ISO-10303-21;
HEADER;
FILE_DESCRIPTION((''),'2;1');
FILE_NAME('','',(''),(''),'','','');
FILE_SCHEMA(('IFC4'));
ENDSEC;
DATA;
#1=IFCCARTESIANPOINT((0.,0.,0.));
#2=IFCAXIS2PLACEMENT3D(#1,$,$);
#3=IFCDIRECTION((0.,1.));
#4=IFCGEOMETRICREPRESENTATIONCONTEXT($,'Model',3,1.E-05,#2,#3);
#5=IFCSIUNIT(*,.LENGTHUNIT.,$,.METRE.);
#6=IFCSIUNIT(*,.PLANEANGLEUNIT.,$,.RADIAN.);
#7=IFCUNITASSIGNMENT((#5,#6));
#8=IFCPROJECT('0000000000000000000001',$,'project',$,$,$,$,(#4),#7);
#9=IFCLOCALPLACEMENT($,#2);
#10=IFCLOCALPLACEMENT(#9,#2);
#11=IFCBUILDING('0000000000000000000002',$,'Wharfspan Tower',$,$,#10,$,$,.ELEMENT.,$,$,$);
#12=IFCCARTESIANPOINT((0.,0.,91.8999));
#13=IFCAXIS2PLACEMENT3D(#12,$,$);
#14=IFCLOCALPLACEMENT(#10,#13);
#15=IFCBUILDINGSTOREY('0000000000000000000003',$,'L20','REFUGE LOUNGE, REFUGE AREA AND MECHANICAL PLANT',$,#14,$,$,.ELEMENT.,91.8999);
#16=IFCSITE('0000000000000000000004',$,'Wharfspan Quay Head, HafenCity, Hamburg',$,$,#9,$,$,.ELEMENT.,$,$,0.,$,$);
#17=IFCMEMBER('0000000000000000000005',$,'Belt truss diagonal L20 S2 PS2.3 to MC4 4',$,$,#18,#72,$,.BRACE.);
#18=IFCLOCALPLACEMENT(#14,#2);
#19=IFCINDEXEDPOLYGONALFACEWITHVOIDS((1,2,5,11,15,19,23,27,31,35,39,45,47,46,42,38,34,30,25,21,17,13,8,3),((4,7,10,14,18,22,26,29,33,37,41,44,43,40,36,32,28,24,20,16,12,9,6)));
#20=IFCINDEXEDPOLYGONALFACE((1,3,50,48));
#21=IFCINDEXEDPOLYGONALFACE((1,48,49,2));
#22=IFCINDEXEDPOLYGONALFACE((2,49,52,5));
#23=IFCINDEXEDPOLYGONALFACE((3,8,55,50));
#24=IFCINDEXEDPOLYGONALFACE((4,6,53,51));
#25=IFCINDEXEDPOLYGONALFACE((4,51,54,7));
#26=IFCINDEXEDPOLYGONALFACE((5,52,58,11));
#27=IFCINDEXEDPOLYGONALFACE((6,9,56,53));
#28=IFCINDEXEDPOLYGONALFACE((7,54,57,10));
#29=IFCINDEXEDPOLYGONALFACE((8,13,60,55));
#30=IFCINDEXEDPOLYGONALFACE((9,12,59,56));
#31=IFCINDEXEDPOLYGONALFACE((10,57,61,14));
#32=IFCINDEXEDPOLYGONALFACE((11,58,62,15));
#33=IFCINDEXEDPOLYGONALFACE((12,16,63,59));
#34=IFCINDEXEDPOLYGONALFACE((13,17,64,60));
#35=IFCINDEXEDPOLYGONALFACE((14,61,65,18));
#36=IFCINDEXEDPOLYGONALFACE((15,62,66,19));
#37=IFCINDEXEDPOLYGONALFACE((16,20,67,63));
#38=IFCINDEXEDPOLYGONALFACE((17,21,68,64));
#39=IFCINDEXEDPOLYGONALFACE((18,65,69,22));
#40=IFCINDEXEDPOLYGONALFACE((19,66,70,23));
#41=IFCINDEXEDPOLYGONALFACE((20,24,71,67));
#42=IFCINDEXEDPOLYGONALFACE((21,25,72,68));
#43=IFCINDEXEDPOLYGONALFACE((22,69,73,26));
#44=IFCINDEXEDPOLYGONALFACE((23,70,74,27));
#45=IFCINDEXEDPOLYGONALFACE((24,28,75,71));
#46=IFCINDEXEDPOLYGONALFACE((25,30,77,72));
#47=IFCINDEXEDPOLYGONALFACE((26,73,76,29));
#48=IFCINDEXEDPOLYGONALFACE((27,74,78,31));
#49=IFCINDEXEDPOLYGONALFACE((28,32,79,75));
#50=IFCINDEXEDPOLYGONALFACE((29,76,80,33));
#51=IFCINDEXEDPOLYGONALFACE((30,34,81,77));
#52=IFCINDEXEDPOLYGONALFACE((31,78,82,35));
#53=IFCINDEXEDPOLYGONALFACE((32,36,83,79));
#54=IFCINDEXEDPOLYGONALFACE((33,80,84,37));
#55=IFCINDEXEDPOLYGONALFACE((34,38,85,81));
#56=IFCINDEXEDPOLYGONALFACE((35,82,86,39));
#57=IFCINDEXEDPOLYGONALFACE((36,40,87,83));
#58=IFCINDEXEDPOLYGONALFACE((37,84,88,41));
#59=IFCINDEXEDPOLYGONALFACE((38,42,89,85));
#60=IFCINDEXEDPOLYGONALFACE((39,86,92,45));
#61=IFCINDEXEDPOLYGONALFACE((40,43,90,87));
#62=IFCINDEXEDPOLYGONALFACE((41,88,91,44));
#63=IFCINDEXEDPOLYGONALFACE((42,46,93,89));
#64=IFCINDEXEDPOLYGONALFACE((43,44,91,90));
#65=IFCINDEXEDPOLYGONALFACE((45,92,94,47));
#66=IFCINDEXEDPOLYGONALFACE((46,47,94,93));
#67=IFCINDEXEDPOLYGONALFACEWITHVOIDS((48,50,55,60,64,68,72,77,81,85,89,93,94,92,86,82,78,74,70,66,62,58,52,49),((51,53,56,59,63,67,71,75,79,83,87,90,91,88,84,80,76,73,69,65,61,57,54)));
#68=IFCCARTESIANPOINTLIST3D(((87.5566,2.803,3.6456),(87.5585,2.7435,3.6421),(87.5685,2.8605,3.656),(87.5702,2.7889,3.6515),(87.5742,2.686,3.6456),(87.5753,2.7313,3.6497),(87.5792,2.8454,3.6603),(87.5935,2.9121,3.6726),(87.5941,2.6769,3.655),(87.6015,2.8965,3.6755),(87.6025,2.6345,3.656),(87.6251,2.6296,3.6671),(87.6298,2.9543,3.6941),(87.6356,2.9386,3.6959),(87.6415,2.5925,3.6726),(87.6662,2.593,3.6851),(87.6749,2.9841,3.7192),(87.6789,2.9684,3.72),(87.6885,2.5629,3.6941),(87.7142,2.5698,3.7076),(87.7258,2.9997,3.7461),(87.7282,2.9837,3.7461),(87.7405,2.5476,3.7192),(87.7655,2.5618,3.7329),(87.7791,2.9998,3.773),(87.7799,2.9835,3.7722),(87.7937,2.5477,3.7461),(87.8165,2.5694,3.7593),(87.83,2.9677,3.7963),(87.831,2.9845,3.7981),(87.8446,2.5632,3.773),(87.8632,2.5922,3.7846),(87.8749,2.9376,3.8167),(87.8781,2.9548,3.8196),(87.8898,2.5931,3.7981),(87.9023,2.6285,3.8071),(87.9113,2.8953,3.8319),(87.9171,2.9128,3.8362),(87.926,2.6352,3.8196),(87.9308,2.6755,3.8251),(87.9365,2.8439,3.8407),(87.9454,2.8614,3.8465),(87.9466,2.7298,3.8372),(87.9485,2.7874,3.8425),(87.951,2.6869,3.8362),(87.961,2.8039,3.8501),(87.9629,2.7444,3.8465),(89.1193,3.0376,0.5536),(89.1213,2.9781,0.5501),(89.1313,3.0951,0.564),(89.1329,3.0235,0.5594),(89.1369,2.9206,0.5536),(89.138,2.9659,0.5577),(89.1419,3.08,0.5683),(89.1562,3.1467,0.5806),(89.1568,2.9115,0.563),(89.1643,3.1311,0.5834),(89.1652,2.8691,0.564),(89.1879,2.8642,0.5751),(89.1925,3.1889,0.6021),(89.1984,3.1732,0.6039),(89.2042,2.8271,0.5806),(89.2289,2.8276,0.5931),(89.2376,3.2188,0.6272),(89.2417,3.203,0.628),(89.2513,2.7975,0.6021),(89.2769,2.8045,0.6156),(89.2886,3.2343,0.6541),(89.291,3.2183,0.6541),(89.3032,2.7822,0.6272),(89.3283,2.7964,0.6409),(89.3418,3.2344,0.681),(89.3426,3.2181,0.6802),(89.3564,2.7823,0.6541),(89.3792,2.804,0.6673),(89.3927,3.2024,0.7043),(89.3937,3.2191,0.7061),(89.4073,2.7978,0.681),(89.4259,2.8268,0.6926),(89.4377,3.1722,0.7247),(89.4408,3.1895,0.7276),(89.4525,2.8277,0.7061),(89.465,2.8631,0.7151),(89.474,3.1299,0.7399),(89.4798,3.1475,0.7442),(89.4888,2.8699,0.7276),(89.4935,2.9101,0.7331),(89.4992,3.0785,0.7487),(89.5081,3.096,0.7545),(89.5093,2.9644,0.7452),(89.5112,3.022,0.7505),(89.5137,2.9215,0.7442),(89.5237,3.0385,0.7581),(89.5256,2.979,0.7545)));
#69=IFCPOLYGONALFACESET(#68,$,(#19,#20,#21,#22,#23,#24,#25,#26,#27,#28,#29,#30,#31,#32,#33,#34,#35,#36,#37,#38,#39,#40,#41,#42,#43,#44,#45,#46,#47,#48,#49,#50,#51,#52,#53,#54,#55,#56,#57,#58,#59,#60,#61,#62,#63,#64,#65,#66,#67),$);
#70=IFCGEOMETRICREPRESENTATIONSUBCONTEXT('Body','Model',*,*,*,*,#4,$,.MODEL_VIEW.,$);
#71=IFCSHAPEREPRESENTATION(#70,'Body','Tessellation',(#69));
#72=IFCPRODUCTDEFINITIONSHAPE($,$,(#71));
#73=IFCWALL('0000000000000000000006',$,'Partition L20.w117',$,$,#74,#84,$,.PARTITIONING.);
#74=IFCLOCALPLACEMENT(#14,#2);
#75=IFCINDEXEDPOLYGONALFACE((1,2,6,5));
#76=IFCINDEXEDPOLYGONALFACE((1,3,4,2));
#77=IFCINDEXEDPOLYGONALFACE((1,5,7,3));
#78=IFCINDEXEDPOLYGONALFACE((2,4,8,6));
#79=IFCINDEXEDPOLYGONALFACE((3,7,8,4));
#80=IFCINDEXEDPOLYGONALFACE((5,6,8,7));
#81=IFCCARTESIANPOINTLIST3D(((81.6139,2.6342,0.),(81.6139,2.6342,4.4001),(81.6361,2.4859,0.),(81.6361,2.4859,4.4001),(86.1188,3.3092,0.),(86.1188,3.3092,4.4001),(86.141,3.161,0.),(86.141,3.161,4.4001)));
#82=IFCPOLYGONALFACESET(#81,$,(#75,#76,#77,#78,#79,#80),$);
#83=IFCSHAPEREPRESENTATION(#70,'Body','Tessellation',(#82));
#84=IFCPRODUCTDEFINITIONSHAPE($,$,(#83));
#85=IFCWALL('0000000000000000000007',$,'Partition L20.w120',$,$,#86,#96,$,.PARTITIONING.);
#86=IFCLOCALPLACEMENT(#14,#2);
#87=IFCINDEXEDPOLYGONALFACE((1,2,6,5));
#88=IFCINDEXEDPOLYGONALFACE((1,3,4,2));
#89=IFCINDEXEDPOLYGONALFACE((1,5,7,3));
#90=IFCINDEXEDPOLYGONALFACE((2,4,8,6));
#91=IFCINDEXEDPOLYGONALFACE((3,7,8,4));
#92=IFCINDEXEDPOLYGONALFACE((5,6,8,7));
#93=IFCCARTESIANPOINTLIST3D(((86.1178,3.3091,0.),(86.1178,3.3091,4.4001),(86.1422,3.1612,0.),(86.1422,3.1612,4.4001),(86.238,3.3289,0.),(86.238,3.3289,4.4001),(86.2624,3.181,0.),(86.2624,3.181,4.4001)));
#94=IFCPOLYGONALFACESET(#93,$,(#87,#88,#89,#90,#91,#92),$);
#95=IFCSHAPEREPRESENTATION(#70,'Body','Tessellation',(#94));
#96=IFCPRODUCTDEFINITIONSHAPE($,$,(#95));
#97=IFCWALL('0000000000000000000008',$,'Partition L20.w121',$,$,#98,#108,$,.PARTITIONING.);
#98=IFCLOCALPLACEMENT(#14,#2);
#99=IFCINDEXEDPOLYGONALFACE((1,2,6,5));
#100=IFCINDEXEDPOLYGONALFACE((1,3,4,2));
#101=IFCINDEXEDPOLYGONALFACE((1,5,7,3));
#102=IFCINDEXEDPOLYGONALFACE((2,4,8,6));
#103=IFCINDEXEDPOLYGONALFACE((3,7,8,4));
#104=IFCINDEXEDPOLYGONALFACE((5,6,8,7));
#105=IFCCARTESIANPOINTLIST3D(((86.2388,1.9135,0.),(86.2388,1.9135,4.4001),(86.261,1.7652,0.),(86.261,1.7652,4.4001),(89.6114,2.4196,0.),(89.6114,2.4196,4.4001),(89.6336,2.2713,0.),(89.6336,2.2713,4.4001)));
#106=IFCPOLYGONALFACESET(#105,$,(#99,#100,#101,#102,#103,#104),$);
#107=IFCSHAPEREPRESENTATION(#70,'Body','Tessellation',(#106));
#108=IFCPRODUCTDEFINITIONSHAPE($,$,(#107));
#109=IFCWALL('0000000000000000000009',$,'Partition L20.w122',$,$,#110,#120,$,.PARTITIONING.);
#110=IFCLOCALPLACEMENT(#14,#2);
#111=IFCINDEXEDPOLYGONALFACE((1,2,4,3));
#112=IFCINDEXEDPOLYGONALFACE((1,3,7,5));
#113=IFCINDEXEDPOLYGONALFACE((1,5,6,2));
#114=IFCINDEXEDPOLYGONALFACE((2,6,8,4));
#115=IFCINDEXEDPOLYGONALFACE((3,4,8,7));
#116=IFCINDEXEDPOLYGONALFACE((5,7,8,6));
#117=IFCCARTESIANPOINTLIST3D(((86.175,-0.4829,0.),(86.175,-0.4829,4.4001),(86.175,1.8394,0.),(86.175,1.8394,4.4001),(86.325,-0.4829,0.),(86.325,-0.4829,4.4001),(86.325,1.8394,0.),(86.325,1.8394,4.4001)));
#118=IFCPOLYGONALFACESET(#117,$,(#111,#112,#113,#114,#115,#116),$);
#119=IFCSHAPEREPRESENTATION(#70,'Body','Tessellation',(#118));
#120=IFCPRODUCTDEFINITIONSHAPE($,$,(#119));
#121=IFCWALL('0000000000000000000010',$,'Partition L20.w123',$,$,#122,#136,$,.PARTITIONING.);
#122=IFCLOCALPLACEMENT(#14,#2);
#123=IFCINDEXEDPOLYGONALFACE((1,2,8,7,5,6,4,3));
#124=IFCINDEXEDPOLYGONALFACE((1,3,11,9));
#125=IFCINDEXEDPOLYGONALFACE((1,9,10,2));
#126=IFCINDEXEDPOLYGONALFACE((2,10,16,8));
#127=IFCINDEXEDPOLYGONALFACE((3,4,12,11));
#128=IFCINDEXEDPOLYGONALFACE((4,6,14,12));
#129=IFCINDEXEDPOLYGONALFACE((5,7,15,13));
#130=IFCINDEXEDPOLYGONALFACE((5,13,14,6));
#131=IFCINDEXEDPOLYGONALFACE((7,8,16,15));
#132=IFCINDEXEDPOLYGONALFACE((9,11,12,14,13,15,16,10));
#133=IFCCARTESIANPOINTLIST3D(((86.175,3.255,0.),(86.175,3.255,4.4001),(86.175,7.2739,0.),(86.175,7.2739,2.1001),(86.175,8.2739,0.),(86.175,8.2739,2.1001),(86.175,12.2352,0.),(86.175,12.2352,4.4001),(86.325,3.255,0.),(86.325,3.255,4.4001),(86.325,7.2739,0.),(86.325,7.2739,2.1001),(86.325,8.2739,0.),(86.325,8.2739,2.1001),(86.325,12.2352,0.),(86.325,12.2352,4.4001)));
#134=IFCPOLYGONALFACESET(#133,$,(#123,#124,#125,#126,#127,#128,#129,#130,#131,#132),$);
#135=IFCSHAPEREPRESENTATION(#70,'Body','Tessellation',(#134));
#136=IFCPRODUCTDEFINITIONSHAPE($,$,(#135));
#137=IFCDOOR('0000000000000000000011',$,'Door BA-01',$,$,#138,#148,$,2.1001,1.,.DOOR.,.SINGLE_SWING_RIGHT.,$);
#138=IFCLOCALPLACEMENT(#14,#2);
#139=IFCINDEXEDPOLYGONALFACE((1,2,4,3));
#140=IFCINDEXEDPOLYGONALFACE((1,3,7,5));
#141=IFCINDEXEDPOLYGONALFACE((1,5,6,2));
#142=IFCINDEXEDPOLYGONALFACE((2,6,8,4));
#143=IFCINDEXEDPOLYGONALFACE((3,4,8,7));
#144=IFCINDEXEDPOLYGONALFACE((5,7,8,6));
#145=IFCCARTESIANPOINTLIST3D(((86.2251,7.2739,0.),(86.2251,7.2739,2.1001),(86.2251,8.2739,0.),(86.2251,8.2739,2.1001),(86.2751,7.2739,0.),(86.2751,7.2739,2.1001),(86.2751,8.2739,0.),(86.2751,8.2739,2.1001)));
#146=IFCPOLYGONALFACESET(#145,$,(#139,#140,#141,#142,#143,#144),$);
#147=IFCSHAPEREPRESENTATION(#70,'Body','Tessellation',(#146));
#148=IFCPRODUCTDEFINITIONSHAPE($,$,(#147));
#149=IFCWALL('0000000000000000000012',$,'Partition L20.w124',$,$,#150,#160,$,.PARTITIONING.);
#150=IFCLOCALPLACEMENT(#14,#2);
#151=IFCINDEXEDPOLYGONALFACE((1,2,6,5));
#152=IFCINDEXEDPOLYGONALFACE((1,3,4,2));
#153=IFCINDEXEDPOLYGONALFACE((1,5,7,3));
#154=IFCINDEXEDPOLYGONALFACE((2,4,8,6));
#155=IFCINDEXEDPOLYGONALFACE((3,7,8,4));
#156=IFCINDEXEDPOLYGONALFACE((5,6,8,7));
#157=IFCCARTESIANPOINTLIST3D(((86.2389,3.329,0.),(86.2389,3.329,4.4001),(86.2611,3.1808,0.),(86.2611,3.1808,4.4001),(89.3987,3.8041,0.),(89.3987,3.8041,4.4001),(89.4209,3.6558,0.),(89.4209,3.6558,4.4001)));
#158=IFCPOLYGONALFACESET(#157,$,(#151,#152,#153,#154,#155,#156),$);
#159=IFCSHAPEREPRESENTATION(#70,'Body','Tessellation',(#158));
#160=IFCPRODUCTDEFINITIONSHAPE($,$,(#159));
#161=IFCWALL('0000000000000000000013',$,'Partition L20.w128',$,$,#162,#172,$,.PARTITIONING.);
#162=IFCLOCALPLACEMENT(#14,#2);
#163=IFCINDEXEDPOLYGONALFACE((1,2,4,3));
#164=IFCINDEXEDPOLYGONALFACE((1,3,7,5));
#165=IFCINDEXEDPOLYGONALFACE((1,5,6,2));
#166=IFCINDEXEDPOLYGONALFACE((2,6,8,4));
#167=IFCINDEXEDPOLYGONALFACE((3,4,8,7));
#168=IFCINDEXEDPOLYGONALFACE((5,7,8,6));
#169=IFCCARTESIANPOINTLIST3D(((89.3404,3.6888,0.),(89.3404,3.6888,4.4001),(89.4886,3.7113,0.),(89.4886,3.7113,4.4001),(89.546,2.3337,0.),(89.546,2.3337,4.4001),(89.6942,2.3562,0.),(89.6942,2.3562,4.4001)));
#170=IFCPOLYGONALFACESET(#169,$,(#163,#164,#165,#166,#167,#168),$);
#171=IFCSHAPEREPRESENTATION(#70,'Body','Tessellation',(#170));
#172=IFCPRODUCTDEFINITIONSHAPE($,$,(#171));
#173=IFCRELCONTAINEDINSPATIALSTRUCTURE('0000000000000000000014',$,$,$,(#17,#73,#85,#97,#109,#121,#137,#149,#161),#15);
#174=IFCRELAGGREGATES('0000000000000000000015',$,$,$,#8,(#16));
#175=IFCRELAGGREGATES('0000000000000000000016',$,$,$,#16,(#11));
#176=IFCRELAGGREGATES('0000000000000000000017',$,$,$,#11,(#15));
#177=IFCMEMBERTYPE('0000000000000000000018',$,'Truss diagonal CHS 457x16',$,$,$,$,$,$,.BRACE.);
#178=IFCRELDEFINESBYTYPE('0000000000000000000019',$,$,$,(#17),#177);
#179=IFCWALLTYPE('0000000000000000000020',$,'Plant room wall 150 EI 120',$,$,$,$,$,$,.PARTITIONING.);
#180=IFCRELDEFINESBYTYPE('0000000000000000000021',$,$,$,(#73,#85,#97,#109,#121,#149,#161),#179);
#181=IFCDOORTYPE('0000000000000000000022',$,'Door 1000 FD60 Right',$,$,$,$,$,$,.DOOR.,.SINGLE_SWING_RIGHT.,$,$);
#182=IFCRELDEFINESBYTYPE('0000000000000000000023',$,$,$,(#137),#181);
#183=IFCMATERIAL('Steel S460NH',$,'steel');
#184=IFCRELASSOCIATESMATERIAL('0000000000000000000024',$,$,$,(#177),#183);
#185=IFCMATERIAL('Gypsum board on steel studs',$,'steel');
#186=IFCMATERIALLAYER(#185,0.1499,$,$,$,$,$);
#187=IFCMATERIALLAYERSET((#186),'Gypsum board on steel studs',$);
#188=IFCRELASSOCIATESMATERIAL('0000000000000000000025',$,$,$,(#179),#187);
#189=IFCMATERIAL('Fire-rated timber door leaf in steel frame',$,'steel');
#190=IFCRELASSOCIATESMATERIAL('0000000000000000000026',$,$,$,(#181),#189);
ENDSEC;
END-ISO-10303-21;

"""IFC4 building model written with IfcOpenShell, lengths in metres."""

from ifc_helpers import new_model, si_unit, direction, frame, frame_2d, origin, origin_2d, place, context, subcontext, project, spatial, rectangle, hollow_circle, extrude, material, layer, layer_set, material_profile, profile_set, type_object, element, fill, save


model = new_model("IFC4")

# Units and contexts
model_context = context("Model", 3, precision=1e-05, world=origin(), true_north=direction((0.0, 1.0)))
body_context = subcontext(model_context, "Body", "Model", "MODEL_VIEW")
ifc_project = project(units=[si_unit("LENGTHUNIT", "METRE"), si_unit("PLANEANGLEUNIT", "RADIAN")], contexts=[model_context])

# Site, building, storey
site_placement = place(None, origin())
site = spatial("IfcSite", under=ifc_project, at=site_placement, Name="Wharfspan Quay Head, HafenCity, Hamburg", CompositionType="ELEMENT", RefElevation=0.0)
building_placement = place(site_placement, origin())
building = spatial("IfcBuilding", under=site, at=building_placement, Name="Wharfspan Tower", CompositionType="ELEMENT")
storey_placement = place(building_placement, frame((0.0, 0.0, 91.8999)))
storey = spatial("IfcBuildingStorey", under=building, at=storey_placement, Name="L20", Description="REFUGE LOUNGE, REFUGE AREA AND MECHANICAL PLANT", CompositionType="ELEMENT", Elevation=91.8999)

# Member
ifc_material_1 = material(Name="Steel S460NH", Category="steel")
ifc_material_profile_1 = material_profile(ifc_material_1, hollow_circle(Radius=0.2285, WallThickness=0.0161, at=origin_2d()))
ifc_profile_set_1 = profile_set([ifc_material_profile_1], Name="Steel S460NH")
member_type_1 = type_object("IfcMemberType", Name="Truss diagonal CHS 457x16", PredefinedType="BRACE", material=ifc_profile_set_1)
for number, where, z_axis, x_axis, name in (
    (1, (87.7598, 2.7737, 3.7461), (0.45004, 0.067566, -0.890449), (-0.14847, 0.988921, 0.0), "Belt truss diagonal L20 S2 PS2.3 to MC4 4"),
):
    element("IfcMember", number, at=place(storey_placement, frame(where, z_axis=z_axis, x_axis=x_axis)), inside=storey, type_object=member_type_1, Name=name, PredefinedType="BRACE", context=body_context, shape_type="SweptSolid", body=[
        extrude(hollow_circle(Radius=0.2285, WallThickness=0.0161, at=origin_2d()), origin(), (0.0, 0.0, 1.0), 3.4724),
    ])

# Walls
ifc_material_2 = material(Name="Gypsum board on steel studs", Category="steel")
ifc_layer = layer(ifc_material_2, 0.1499)
ifc_layer_set = layer_set([ifc_layer], Name="Gypsum board on steel studs")
wall_type = type_object("IfcWallType", Name="Plant room wall 150 EI 120", PredefinedType="PARTITIONING", material=ifc_layer_set)
wall_1_placement = place(storey_placement, frame((81.625, 2.5601, 0.0), z_axis=(0.0, 0.0, 1.0), x_axis=(0.988954, 0.148193, 0.0)))
element("IfcWall", 2, at=wall_1_placement, inside=storey, type_object=wall_type, Name="Partition L20.w117", PredefinedType="PARTITIONING", context=body_context, shape_type="SweptSolid", body=[
    extrude(rectangle(XDim=4.5552, YDim=0.1499, at=frame_2d((2.2776, 0.0))), origin(), (0.0, 0.0, 1.0), 4.4001),
])
wall_2_placement = place(storey_placement, frame((86.1299, 3.2351, 0.0), z_axis=(0.0, 0.0, 1.0), x_axis=(0.986715, 0.162447, 0.0)))
element("IfcWall", 3, at=wall_2_placement, inside=storey, type_object=wall_type, Name="Partition L20.w120", PredefinedType="PARTITIONING", context=body_context, shape_type="SweptSolid", body=[
    extrude(rectangle(XDim=0.1218, YDim=0.1499, at=frame_2d((0.061, 0.0))), origin(), (0.0, 0.0, 1.0), 4.4001),
])
wall_3_placement = place(storey_placement, frame((86.25, 1.8394, 0.0), z_axis=(0.0, 0.0, 1.0), x_axis=(0.988924, 0.148403, 0.0)))
element("IfcWall", 4, at=wall_3_placement, inside=storey, type_object=wall_type, Name="Partition L20.w121", PredefinedType="PARTITIONING", context=body_context, shape_type="SweptSolid", body=[
    extrude(rectangle(XDim=3.4104, YDim=0.1499, at=frame_2d((1.7051, 0.0))), origin(), (0.0, 0.0, 1.0), 4.4001),
])
wall_4_placement = place(storey_placement, frame((86.25, -0.4829, 0.0), z_axis=(0.0, 0.0, 1.0), x_axis=(0.0, 1.0, 0.0)))
element("IfcWall", 5, at=wall_4_placement, inside=storey, type_object=wall_type, Name="Partition L20.w122", PredefinedType="PARTITIONING", context=body_context, shape_type="SweptSolid", body=[
    extrude(rectangle(XDim=2.3223, YDim=0.1499, at=frame_2d((1.1611, 0.0))), origin(), (0.0, 0.0, 1.0), 4.4001),
])

# Wall, opening, door
wall_5_placement = place(storey_placement, frame((86.25, 3.2549, 0.0), z_axis=(0.0, 0.0, 1.0), x_axis=(0.0, 1.0, 0.0)))
wall_5 = element("IfcWall", 6, at=wall_5_placement, inside=storey, type_object=wall_type, Name="Partition L20.w123", PredefinedType="PARTITIONING", context=body_context, shape_type="SweptSolid", body=[
    extrude(rectangle(XDim=8.9802, YDim=0.1499, at=frame_2d((4.4902, 0.0))), origin(), (0.0, 0.0, 1.0), 4.4001),
])
opening_placement = place(wall_5_placement, frame((4.019, 0.0, 0.0)))
opening = element("IfcOpeningElement", 7, at=opening_placement, cuts=wall_5, PredefinedType="OPENING", context=body_context, shape_type="SweptSolid", body=[
    extrude(rectangle(XDim=1.0, YDim=2.1001, at=frame_2d((0.5, 1.05))), frame((0.0, 0.085, 0.0), z_axis=(0.0, -1.0, 0.0), x_axis=(1.0, 0.0, 0.0)), (0.0, 0.0, 1.0), 0.1699),
])
ifc_material_3 = material(Name="Fire-rated timber door leaf in steel frame", Category="steel")
door_type = type_object("IfcDoorType", Name="Door 1000 FD60 Right", OperationType="SINGLE_SWING_RIGHT", PredefinedType="DOOR", material=ifc_material_3)
door_placement = place(opening_placement, origin())
door = element("IfcDoor", 8, at=door_placement, inside=storey, type_object=door_type, Name="Door BA-01", OperationType="SINGLE_SWING_RIGHT", OverallHeight=2.1001, OverallWidth=1.0, PredefinedType="DOOR", context=body_context, shape_type="SweptSolid", body=[
    extrude(rectangle(XDim=1.0, YDim=2.1001, at=frame_2d((0.5, 1.05))), frame((0.0, 0.0249, 0.0), z_axis=(0.0, -1.0, 0.0), x_axis=(1.0, 0.0, 0.0)), (0.0, 0.0, 1.0), 0.05),
])
fill(opening, door)

# Walls
wall_6_placement = place(storey_placement, frame((86.25, 3.2549, 0.0), z_axis=(0.0, 0.0, 1.0), x_axis=(0.988889, 0.148681, 0.0)))
element("IfcWall", 9, at=wall_6_placement, inside=storey, type_object=wall_type, Name="Partition L20.w124", PredefinedType="PARTITIONING", context=body_context, shape_type="SweptSolid", body=[
    extrude(rectangle(XDim=3.1953, YDim=0.1499, at=frame_2d((1.5977, 0.0))), origin(), (0.0, 0.0, 1.0), 4.4001),
])
wall_7_placement = place(storey_placement, frame((89.6201, 2.345, 0.0), z_axis=(0.0, 0.0, 1.0), x_axis=(-0.149996, 0.988691, 0.0)))
element("IfcWall", 10, at=wall_7_placement, inside=storey, type_object=wall_type, Name="Partition L20.w128", PredefinedType="PARTITIONING", context=body_context, shape_type="SweptSolid", body=[
    extrude(rectangle(XDim=1.3706, YDim=0.1499, at=frame_2d((0.6853, 0.0))), origin(), (0.0, 0.0, 1.0), 4.4001),
])

save(model, "model.ifc")
